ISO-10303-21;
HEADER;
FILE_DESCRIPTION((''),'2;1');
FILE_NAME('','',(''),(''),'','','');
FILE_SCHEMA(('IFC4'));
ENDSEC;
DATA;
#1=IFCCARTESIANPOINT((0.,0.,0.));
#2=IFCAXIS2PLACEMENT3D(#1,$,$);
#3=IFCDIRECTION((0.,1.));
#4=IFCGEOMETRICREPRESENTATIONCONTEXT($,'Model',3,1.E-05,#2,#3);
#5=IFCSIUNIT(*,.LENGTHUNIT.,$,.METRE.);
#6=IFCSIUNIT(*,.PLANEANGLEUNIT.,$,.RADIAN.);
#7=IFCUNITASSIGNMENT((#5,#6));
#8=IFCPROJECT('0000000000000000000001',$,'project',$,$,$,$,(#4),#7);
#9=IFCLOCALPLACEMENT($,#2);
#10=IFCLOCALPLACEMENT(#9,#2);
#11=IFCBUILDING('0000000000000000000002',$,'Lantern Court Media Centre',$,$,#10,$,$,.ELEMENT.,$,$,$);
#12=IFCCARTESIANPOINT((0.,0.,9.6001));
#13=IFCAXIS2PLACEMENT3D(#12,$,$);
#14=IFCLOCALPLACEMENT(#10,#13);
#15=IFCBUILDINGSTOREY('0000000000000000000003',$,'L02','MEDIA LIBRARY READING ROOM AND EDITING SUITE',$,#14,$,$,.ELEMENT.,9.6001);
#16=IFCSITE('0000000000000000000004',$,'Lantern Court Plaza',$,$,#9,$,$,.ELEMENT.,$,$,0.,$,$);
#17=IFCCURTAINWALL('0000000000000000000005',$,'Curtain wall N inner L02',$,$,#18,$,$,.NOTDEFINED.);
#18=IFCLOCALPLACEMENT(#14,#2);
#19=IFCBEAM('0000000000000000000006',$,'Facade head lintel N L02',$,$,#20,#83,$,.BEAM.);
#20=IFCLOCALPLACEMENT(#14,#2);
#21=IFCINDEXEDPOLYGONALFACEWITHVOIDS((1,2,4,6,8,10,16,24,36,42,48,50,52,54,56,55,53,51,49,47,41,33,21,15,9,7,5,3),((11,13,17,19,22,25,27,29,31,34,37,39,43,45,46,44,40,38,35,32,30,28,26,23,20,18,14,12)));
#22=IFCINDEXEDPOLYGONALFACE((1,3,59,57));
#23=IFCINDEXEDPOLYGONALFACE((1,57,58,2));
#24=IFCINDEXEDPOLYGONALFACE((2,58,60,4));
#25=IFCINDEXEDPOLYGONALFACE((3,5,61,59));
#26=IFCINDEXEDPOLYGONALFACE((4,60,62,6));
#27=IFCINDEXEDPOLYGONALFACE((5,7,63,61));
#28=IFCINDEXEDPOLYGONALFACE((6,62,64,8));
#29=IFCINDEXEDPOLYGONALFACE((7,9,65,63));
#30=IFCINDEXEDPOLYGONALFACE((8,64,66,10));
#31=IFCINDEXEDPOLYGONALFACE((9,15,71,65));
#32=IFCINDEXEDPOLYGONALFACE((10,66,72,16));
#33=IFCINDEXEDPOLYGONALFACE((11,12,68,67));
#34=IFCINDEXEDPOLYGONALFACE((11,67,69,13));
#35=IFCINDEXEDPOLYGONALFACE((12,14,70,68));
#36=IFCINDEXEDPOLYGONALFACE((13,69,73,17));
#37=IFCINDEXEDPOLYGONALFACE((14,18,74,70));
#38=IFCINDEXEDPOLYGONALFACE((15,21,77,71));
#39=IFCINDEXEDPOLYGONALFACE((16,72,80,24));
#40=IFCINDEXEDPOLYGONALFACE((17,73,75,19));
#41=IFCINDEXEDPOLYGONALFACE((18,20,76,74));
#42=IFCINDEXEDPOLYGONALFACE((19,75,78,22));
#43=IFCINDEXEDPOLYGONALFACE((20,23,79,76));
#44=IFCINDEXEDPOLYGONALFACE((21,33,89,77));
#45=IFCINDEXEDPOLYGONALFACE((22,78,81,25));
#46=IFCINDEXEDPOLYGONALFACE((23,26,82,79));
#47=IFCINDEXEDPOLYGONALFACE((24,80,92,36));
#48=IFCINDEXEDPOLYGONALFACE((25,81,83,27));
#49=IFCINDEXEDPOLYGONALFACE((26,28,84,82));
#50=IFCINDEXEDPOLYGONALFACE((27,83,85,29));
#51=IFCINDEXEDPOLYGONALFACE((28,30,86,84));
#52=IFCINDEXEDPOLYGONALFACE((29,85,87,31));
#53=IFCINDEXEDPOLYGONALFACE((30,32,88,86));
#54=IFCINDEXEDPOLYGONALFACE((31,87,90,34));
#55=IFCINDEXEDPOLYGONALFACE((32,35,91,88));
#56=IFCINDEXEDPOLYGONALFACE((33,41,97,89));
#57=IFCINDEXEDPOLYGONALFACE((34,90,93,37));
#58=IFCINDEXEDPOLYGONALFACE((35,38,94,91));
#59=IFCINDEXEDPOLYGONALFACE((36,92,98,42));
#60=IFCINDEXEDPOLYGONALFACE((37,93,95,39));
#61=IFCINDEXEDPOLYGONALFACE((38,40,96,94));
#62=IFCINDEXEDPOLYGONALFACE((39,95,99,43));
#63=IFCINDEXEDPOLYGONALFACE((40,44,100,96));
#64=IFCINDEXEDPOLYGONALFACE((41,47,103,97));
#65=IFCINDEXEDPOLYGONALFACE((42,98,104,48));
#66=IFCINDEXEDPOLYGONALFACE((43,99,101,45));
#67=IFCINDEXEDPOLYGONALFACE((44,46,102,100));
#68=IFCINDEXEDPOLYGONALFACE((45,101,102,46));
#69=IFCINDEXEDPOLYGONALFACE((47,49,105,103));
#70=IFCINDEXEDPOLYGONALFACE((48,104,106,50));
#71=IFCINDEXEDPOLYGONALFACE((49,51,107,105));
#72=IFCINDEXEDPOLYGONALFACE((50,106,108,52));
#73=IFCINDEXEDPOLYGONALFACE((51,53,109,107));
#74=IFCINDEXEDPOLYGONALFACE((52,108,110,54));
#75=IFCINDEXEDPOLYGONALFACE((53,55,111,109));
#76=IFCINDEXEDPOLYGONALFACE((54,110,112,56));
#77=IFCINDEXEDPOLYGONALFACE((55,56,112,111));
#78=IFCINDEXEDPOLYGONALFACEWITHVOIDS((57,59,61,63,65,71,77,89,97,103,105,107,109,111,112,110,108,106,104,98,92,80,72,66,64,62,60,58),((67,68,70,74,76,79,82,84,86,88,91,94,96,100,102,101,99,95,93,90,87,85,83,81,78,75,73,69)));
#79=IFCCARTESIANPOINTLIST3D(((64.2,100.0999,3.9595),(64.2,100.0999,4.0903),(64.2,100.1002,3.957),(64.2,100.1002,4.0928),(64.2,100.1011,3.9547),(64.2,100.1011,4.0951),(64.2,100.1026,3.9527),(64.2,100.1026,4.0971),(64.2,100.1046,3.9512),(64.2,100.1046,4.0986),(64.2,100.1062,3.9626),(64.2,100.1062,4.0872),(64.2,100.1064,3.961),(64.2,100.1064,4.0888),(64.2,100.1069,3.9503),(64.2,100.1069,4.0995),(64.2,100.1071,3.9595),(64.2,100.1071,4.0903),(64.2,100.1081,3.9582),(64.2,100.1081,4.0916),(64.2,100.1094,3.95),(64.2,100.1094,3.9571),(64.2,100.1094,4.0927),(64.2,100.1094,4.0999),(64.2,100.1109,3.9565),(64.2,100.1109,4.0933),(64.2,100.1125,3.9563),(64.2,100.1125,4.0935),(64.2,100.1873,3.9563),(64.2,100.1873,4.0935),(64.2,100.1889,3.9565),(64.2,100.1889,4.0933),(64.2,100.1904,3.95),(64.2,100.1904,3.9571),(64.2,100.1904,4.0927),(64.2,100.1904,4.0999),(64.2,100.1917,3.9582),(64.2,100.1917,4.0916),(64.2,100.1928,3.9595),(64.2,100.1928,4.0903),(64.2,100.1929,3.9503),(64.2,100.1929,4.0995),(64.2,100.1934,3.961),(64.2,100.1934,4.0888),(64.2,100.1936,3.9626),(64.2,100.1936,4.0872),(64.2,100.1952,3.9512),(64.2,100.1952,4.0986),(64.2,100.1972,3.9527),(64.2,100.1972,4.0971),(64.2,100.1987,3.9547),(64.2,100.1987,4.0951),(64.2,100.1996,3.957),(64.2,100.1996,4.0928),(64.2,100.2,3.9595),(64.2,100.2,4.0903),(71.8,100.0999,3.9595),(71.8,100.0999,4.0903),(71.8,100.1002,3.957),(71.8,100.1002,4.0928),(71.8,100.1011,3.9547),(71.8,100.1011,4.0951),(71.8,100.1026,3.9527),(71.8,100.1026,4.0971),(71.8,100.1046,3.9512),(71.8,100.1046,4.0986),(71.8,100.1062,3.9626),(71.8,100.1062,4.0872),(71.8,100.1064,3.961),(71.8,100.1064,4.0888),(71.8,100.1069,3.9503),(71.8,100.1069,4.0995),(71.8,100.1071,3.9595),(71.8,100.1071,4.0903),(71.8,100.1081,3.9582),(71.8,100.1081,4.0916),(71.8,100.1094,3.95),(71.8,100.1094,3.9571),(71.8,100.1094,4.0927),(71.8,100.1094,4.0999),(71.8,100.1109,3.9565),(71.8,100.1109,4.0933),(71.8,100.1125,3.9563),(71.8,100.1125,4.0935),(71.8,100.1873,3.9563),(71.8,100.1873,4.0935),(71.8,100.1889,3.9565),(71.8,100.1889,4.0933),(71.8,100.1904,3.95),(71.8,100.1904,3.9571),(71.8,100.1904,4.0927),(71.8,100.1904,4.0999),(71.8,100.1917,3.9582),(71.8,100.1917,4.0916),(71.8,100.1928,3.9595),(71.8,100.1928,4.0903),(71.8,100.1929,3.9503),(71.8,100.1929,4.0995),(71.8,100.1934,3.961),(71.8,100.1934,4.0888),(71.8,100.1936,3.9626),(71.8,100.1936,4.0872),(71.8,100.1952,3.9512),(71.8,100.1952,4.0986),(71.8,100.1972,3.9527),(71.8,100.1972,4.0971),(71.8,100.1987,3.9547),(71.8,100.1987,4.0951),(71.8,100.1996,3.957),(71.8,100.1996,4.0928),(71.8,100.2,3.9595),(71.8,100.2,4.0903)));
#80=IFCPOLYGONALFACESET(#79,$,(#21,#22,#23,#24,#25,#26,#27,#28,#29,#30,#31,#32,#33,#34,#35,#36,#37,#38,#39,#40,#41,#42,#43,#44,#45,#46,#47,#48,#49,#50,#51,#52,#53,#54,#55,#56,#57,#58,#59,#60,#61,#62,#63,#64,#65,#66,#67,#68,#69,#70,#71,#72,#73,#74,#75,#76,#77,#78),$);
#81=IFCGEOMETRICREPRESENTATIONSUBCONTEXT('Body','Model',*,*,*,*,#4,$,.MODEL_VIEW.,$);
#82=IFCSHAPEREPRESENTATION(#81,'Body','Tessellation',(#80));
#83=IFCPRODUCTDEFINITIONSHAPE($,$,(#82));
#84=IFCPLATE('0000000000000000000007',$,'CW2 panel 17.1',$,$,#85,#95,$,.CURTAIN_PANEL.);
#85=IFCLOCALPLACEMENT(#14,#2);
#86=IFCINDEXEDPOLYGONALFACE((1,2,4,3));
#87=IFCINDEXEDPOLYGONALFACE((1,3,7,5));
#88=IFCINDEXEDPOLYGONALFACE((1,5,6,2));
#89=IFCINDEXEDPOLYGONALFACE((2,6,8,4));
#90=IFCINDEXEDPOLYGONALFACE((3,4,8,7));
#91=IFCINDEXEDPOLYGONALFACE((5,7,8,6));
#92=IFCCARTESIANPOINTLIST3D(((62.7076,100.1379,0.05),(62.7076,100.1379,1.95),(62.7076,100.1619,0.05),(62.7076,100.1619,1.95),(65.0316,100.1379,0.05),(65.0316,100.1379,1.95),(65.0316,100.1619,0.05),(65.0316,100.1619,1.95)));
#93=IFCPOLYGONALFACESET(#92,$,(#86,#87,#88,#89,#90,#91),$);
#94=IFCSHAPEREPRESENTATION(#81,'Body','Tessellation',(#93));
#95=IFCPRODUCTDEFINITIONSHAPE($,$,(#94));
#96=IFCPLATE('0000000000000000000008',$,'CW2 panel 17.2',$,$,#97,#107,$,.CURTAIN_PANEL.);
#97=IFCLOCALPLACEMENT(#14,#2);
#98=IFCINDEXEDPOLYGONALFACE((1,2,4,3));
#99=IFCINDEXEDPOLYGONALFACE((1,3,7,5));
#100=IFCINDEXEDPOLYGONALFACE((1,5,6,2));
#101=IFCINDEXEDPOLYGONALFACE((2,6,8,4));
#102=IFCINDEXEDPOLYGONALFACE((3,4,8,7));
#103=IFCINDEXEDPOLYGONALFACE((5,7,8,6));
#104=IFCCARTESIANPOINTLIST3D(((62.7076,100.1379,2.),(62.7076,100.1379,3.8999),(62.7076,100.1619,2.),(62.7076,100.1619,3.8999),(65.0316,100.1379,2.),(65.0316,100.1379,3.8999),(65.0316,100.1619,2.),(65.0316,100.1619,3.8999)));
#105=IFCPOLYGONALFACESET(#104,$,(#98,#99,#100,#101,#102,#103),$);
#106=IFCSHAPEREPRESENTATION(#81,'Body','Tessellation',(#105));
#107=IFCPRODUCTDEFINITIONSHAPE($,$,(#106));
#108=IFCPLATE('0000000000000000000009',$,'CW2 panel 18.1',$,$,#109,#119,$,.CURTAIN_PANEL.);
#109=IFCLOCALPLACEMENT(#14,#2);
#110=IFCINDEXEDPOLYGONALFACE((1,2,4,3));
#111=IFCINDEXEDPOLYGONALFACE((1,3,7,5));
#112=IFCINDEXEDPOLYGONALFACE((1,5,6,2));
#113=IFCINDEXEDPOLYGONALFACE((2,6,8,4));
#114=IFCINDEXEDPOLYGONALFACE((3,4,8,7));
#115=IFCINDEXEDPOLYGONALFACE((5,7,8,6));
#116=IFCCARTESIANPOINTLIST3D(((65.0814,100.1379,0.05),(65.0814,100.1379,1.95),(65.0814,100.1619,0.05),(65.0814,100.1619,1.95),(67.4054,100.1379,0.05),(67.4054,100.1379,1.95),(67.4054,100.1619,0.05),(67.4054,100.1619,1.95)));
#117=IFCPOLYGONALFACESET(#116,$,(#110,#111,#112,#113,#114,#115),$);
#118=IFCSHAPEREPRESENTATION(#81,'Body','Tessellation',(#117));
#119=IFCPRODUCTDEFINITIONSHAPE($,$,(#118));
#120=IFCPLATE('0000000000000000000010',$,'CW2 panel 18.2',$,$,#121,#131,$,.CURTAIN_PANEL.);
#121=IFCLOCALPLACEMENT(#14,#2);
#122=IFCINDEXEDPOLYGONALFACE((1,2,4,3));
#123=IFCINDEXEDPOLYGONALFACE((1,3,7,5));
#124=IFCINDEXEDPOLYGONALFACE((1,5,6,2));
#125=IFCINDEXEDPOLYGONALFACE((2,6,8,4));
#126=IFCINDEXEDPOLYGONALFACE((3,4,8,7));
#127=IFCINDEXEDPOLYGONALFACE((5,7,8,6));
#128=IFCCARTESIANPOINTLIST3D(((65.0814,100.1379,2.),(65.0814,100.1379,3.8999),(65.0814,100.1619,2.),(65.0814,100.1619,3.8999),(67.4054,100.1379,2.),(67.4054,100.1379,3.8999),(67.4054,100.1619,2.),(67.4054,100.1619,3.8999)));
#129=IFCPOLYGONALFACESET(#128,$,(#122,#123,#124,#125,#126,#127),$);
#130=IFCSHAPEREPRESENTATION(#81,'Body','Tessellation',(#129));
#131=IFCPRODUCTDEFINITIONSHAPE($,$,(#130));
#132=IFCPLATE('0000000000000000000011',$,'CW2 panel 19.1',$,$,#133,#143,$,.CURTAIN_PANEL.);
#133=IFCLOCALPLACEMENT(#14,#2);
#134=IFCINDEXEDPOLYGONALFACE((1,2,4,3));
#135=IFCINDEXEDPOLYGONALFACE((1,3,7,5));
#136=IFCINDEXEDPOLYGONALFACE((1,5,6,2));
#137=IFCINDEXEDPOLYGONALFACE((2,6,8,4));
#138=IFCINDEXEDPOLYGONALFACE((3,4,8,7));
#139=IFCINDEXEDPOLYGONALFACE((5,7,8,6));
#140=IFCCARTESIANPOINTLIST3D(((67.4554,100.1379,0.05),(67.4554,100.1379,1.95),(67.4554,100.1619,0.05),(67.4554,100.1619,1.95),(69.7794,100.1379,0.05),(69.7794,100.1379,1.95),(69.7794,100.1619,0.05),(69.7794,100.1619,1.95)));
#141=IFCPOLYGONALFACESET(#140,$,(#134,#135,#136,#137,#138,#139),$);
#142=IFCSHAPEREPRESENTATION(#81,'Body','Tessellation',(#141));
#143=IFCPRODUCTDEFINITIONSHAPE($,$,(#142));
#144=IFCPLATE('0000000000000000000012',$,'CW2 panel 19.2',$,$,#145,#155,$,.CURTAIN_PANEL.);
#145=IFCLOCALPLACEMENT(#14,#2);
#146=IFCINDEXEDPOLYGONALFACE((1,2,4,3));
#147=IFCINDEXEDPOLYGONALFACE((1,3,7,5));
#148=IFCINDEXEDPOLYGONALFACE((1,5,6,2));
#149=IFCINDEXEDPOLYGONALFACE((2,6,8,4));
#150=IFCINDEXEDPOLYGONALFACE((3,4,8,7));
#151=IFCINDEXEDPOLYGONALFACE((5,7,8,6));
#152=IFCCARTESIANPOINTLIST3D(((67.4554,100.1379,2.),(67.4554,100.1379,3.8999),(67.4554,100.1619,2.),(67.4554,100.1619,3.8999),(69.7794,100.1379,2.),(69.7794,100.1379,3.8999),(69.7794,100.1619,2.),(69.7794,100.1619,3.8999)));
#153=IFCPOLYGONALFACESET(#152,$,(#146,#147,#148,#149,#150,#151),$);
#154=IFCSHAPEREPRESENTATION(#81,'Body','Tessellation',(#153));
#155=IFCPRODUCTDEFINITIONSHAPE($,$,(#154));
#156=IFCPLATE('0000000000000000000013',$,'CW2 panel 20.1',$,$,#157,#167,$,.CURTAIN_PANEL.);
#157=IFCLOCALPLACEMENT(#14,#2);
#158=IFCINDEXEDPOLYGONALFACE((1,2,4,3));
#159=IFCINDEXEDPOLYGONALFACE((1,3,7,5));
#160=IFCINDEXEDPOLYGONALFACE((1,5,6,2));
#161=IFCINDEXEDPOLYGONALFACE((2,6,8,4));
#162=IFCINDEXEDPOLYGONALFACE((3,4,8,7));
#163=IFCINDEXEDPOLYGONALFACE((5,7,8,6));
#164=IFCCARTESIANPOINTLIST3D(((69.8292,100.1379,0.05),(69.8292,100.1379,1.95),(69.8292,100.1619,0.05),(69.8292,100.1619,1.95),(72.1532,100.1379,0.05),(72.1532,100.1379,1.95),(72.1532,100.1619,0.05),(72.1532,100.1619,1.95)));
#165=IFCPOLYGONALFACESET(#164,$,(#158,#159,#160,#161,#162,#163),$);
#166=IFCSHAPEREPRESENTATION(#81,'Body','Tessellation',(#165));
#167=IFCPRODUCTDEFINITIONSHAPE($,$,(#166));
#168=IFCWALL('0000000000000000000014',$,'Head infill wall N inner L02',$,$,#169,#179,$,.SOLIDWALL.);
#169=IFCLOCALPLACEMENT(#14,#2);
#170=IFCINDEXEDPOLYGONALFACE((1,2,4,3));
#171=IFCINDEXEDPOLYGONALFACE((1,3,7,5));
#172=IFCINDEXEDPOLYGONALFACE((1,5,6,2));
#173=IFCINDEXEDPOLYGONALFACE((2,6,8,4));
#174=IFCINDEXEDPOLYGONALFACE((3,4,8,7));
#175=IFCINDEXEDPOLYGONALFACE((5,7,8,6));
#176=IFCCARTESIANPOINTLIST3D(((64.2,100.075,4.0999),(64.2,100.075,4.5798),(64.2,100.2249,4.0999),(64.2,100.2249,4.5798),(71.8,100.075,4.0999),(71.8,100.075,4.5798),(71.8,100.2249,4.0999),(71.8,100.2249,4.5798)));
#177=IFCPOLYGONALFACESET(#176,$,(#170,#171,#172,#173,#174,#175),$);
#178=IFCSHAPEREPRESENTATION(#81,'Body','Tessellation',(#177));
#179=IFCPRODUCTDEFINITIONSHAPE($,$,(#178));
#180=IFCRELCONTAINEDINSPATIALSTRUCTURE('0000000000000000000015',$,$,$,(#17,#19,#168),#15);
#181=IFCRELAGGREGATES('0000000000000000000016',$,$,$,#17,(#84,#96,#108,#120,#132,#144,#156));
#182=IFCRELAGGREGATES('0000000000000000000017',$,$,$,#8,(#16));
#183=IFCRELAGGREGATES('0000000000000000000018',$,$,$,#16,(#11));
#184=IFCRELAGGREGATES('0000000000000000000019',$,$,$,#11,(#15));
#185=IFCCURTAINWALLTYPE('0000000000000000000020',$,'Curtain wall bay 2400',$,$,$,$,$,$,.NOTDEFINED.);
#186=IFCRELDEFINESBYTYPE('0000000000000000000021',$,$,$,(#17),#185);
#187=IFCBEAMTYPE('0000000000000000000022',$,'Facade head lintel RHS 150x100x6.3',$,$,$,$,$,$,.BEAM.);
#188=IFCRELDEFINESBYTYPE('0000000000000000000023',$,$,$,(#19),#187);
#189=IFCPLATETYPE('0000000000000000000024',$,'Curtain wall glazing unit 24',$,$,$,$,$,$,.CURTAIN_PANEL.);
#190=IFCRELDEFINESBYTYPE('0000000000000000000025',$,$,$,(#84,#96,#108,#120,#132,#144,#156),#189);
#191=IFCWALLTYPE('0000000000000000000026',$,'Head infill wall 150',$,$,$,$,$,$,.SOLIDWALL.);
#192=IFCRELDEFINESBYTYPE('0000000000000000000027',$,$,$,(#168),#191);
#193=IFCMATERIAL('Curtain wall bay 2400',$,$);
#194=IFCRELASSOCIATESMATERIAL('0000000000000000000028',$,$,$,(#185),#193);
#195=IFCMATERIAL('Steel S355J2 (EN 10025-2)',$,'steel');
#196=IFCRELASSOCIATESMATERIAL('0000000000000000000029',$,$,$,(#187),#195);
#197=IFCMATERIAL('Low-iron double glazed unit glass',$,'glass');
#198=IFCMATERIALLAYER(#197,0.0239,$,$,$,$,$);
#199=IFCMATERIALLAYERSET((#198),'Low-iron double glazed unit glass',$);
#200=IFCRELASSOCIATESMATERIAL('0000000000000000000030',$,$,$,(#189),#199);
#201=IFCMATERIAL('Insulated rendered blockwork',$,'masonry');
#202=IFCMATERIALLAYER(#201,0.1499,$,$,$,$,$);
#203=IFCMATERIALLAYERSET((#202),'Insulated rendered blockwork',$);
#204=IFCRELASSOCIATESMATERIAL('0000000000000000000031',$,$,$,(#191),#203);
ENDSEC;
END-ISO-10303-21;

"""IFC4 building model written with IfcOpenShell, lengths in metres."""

from ifc_helpers import new_model, si_unit, direction, frame, frame_2d, origin, origin_2d, place, context, subcontext, project, spatial, rectangle, hollow_rectangle, extrude, material, layer, layer_set, material_profile, profile_set, type_object, element, aggregate, save


model = new_model("IFC4")

# Units and contexts
model_context = context("Model", 3, precision=1e-05, world=origin(), true_north=direction((0.0, 1.0)))
body_context = subcontext(model_context, "Body", "Model", "MODEL_VIEW")
ifc_project = project(units=[si_unit("LENGTHUNIT", "METRE"), si_unit("PLANEANGLEUNIT", "RADIAN")], contexts=[model_context])

# Site, building, storey
site_placement = place(None, origin())
site = spatial("IfcSite", under=ifc_project, at=site_placement, Name="Lantern Court Plaza", CompositionType="ELEMENT", RefElevation=0.0)
building_placement = place(site_placement, origin())
building = spatial("IfcBuilding", under=site, at=building_placement, Name="Lantern Court Media Centre", CompositionType="ELEMENT")
storey_placement = place(building_placement, frame((0.0, 0.0, 9.6001)))
storey = spatial("IfcBuildingStorey", under=building, at=storey_placement, Name="L02", Description="MEDIA LIBRARY READING ROOM AND EDITING SUITE", CompositionType="ELEMENT", Elevation=9.6001)

# Curtain wall
ifc_material_1 = material(Name="Curtain wall bay 2400")
curtain_wall_type = type_object("IfcCurtainWallType", Name="Curtain wall bay 2400", PredefinedType="NOTDEFINED", material=ifc_material_1)
curtain_wall_placement = place(storey_placement, origin())
curtain_wall = element("IfcCurtainWall", 1, at=curtain_wall_placement, inside=storey, type_object=curtain_wall_type, Name="Curtain wall N inner L02", PredefinedType="NOTDEFINED")

# Beam
ifc_material_2 = material(Name="Steel S355J2 (EN 10025-2)", Category="steel")
ifc_material_profile_1 = material_profile(ifc_material_2, hollow_rectangle(XDim=0.1001, YDim=0.1499, WallThickness=0.0063, InnerFilletRadius=0.0063, OuterFilletRadius=0.0095, at=origin_2d()), Name="Facade head lintel RHS 150x100x6.3")
ifc_profile_set_1 = profile_set([ifc_material_profile_1], Name="Steel S355J2 (EN 10025-2)")
beam_type = type_object("IfcBeamType", Name="Facade head lintel RHS 150x100x6.3", PredefinedType="BEAM", material=ifc_profile_set_1)
beam_placement = place(storey_placement, frame((64.2, 100.1499, 4.0249), z_axis=(1.0, 0.0, 0.0), x_axis=(0.0, 1.0, 0.0)))
element("IfcBeam", 2, at=beam_placement, inside=storey, type_object=beam_type, Name="Facade head lintel N L02", PredefinedType="BEAM", context=body_context, shape_type="SweptSolid", body=[
    extrude(hollow_rectangle(XDim=0.1001, YDim=0.1499, WallThickness=0.0063, InnerFilletRadius=0.0063, OuterFilletRadius=0.0095, at=origin_2d()), origin(), (0.0, 0.0, 1.0), 7.6001),
])

# Plates
ifc_material_3 = material(Name="Low-iron double glazed unit glass", Category="glass")
ifc_layer_1 = layer(ifc_material_3, 0.0239)
ifc_layer_set_1 = layer_set([ifc_layer_1], Name="Low-iron double glazed unit glass")
plate_type = type_object("IfcPlateType", Name="Curtain wall glazing unit 24", PredefinedType="CURTAIN_PANEL", material=ifc_layer_set_1)
plate_1_placement = place(storey_placement, frame((63.8696, 100.1499, 0.05), z_axis=(0.0, 0.0, 1.0), x_axis=(1.0, 0.0, 0.0)))
plate_1 = element("IfcPlate", 3, at=plate_1_placement, type_object=plate_type, Name="CW2 panel 17.1", PredefinedType="CURTAIN_PANEL", context=body_context, shape_type="SweptSolid", body=[
    extrude(rectangle(XDim=2.324, YDim=0.0239, at=origin_2d()), origin(), (0.0, 0.0, 1.0), 1.8999),
])
plate_2_placement = place(storey_placement, frame((63.8696, 100.1499, 2.0), z_axis=(0.0, 0.0, 1.0), x_axis=(1.0, 0.0, 0.0)))
plate_2 = element("IfcPlate", 4, at=plate_2_placement, type_object=plate_type, Name="CW2 panel 17.2", PredefinedType="CURTAIN_PANEL", context=body_context, shape_type="SweptSolid", body=[
    extrude(rectangle(XDim=2.324, YDim=0.0239, at=origin_2d()), origin(), (0.0, 0.0, 1.0), 1.8999),
])
plate_3_placement = place(storey_placement, frame((66.2434, 100.1499, 0.05), z_axis=(0.0, 0.0, 1.0), x_axis=(1.0, 0.0, 0.0)))
plate_3 = element("IfcPlate", 5, at=plate_3_placement, type_object=plate_type, Name="CW2 panel 18.1", PredefinedType="CURTAIN_PANEL", context=body_context, shape_type="SweptSolid", body=[
    extrude(rectangle(XDim=2.324, YDim=0.0239, at=origin_2d()), origin(), (0.0, 0.0, 1.0), 1.8999),
])
plate_4_placement = place(storey_placement, frame((66.2434, 100.1499, 2.0), z_axis=(0.0, 0.0, 1.0), x_axis=(1.0, 0.0, 0.0)))
plate_4 = element("IfcPlate", 6, at=plate_4_placement, type_object=plate_type, Name="CW2 panel 18.2", PredefinedType="CURTAIN_PANEL", context=body_context, shape_type="SweptSolid", body=[
    extrude(rectangle(XDim=2.324, YDim=0.0239, at=origin_2d()), origin(), (0.0, 0.0, 1.0), 1.8999),
])
plate_5_placement = place(storey_placement, frame((68.6174, 100.1499, 0.05), z_axis=(0.0, 0.0, 1.0), x_axis=(1.0, 0.0, 0.0)))
plate_5 = element("IfcPlate", 7, at=plate_5_placement, type_object=plate_type, Name="CW2 panel 19.1", PredefinedType="CURTAIN_PANEL", context=body_context, shape_type="SweptSolid", body=[
    extrude(rectangle(XDim=2.324, YDim=0.0239, at=origin_2d()), origin(), (0.0, 0.0, 1.0), 1.8999),
])
plate_6_placement = place(storey_placement, frame((68.6174, 100.1499, 2.0), z_axis=(0.0, 0.0, 1.0), x_axis=(1.0, 0.0, 0.0)))
plate_6 = element("IfcPlate", 8, at=plate_6_placement, type_object=plate_type, Name="CW2 panel 19.2", PredefinedType="CURTAIN_PANEL", context=body_context, shape_type="SweptSolid", body=[
    extrude(rectangle(XDim=2.324, YDim=0.0239, at=origin_2d()), origin(), (0.0, 0.0, 1.0), 1.8999),
])
plate_7_placement = place(storey_placement, frame((70.9912, 100.1499, 0.05), z_axis=(0.0, 0.0, 1.0), x_axis=(1.0, 0.0, 0.0)))
plate_7 = element("IfcPlate", 9, at=plate_7_placement, type_object=plate_type, Name="CW2 panel 20.1", PredefinedType="CURTAIN_PANEL", context=body_context, shape_type="SweptSolid", body=[
    extrude(rectangle(XDim=2.324, YDim=0.0239, at=origin_2d()), origin(), (0.0, 0.0, 1.0), 1.8999),
])
aggregate(curtain_wall, [plate_1, plate_2, plate_3, plate_4, plate_5, plate_6, plate_7])

# Wall
ifc_material_4 = material(Name="Insulated rendered blockwork", Category="masonry")
ifc_layer_2 = layer(ifc_material_4, 0.1499)
ifc_layer_set_2 = layer_set([ifc_layer_2], Name="Insulated rendered blockwork")
wall_type = type_object("IfcWallType", Name="Head infill wall 150", PredefinedType="SOLIDWALL", material=ifc_layer_set_2)
wall_placement = place(storey_placement, frame((64.2, 100.1499, 4.0999), z_axis=(0.0, 0.0, 1.0), x_axis=(1.0, 0.0, 0.0)))
element("IfcWall", 10, at=wall_placement, inside=storey, type_object=wall_type, Name="Head infill wall N inner L02", PredefinedType="SOLIDWALL", context=body_context, shape_type="SweptSolid", body=[
    extrude(rectangle(XDim=7.6001, YDim=0.1499, at=frame_2d((3.8, 0.0))), origin(), (0.0, 0.0, 1.0), 0.48),
])

save(model, "model.ifc")
